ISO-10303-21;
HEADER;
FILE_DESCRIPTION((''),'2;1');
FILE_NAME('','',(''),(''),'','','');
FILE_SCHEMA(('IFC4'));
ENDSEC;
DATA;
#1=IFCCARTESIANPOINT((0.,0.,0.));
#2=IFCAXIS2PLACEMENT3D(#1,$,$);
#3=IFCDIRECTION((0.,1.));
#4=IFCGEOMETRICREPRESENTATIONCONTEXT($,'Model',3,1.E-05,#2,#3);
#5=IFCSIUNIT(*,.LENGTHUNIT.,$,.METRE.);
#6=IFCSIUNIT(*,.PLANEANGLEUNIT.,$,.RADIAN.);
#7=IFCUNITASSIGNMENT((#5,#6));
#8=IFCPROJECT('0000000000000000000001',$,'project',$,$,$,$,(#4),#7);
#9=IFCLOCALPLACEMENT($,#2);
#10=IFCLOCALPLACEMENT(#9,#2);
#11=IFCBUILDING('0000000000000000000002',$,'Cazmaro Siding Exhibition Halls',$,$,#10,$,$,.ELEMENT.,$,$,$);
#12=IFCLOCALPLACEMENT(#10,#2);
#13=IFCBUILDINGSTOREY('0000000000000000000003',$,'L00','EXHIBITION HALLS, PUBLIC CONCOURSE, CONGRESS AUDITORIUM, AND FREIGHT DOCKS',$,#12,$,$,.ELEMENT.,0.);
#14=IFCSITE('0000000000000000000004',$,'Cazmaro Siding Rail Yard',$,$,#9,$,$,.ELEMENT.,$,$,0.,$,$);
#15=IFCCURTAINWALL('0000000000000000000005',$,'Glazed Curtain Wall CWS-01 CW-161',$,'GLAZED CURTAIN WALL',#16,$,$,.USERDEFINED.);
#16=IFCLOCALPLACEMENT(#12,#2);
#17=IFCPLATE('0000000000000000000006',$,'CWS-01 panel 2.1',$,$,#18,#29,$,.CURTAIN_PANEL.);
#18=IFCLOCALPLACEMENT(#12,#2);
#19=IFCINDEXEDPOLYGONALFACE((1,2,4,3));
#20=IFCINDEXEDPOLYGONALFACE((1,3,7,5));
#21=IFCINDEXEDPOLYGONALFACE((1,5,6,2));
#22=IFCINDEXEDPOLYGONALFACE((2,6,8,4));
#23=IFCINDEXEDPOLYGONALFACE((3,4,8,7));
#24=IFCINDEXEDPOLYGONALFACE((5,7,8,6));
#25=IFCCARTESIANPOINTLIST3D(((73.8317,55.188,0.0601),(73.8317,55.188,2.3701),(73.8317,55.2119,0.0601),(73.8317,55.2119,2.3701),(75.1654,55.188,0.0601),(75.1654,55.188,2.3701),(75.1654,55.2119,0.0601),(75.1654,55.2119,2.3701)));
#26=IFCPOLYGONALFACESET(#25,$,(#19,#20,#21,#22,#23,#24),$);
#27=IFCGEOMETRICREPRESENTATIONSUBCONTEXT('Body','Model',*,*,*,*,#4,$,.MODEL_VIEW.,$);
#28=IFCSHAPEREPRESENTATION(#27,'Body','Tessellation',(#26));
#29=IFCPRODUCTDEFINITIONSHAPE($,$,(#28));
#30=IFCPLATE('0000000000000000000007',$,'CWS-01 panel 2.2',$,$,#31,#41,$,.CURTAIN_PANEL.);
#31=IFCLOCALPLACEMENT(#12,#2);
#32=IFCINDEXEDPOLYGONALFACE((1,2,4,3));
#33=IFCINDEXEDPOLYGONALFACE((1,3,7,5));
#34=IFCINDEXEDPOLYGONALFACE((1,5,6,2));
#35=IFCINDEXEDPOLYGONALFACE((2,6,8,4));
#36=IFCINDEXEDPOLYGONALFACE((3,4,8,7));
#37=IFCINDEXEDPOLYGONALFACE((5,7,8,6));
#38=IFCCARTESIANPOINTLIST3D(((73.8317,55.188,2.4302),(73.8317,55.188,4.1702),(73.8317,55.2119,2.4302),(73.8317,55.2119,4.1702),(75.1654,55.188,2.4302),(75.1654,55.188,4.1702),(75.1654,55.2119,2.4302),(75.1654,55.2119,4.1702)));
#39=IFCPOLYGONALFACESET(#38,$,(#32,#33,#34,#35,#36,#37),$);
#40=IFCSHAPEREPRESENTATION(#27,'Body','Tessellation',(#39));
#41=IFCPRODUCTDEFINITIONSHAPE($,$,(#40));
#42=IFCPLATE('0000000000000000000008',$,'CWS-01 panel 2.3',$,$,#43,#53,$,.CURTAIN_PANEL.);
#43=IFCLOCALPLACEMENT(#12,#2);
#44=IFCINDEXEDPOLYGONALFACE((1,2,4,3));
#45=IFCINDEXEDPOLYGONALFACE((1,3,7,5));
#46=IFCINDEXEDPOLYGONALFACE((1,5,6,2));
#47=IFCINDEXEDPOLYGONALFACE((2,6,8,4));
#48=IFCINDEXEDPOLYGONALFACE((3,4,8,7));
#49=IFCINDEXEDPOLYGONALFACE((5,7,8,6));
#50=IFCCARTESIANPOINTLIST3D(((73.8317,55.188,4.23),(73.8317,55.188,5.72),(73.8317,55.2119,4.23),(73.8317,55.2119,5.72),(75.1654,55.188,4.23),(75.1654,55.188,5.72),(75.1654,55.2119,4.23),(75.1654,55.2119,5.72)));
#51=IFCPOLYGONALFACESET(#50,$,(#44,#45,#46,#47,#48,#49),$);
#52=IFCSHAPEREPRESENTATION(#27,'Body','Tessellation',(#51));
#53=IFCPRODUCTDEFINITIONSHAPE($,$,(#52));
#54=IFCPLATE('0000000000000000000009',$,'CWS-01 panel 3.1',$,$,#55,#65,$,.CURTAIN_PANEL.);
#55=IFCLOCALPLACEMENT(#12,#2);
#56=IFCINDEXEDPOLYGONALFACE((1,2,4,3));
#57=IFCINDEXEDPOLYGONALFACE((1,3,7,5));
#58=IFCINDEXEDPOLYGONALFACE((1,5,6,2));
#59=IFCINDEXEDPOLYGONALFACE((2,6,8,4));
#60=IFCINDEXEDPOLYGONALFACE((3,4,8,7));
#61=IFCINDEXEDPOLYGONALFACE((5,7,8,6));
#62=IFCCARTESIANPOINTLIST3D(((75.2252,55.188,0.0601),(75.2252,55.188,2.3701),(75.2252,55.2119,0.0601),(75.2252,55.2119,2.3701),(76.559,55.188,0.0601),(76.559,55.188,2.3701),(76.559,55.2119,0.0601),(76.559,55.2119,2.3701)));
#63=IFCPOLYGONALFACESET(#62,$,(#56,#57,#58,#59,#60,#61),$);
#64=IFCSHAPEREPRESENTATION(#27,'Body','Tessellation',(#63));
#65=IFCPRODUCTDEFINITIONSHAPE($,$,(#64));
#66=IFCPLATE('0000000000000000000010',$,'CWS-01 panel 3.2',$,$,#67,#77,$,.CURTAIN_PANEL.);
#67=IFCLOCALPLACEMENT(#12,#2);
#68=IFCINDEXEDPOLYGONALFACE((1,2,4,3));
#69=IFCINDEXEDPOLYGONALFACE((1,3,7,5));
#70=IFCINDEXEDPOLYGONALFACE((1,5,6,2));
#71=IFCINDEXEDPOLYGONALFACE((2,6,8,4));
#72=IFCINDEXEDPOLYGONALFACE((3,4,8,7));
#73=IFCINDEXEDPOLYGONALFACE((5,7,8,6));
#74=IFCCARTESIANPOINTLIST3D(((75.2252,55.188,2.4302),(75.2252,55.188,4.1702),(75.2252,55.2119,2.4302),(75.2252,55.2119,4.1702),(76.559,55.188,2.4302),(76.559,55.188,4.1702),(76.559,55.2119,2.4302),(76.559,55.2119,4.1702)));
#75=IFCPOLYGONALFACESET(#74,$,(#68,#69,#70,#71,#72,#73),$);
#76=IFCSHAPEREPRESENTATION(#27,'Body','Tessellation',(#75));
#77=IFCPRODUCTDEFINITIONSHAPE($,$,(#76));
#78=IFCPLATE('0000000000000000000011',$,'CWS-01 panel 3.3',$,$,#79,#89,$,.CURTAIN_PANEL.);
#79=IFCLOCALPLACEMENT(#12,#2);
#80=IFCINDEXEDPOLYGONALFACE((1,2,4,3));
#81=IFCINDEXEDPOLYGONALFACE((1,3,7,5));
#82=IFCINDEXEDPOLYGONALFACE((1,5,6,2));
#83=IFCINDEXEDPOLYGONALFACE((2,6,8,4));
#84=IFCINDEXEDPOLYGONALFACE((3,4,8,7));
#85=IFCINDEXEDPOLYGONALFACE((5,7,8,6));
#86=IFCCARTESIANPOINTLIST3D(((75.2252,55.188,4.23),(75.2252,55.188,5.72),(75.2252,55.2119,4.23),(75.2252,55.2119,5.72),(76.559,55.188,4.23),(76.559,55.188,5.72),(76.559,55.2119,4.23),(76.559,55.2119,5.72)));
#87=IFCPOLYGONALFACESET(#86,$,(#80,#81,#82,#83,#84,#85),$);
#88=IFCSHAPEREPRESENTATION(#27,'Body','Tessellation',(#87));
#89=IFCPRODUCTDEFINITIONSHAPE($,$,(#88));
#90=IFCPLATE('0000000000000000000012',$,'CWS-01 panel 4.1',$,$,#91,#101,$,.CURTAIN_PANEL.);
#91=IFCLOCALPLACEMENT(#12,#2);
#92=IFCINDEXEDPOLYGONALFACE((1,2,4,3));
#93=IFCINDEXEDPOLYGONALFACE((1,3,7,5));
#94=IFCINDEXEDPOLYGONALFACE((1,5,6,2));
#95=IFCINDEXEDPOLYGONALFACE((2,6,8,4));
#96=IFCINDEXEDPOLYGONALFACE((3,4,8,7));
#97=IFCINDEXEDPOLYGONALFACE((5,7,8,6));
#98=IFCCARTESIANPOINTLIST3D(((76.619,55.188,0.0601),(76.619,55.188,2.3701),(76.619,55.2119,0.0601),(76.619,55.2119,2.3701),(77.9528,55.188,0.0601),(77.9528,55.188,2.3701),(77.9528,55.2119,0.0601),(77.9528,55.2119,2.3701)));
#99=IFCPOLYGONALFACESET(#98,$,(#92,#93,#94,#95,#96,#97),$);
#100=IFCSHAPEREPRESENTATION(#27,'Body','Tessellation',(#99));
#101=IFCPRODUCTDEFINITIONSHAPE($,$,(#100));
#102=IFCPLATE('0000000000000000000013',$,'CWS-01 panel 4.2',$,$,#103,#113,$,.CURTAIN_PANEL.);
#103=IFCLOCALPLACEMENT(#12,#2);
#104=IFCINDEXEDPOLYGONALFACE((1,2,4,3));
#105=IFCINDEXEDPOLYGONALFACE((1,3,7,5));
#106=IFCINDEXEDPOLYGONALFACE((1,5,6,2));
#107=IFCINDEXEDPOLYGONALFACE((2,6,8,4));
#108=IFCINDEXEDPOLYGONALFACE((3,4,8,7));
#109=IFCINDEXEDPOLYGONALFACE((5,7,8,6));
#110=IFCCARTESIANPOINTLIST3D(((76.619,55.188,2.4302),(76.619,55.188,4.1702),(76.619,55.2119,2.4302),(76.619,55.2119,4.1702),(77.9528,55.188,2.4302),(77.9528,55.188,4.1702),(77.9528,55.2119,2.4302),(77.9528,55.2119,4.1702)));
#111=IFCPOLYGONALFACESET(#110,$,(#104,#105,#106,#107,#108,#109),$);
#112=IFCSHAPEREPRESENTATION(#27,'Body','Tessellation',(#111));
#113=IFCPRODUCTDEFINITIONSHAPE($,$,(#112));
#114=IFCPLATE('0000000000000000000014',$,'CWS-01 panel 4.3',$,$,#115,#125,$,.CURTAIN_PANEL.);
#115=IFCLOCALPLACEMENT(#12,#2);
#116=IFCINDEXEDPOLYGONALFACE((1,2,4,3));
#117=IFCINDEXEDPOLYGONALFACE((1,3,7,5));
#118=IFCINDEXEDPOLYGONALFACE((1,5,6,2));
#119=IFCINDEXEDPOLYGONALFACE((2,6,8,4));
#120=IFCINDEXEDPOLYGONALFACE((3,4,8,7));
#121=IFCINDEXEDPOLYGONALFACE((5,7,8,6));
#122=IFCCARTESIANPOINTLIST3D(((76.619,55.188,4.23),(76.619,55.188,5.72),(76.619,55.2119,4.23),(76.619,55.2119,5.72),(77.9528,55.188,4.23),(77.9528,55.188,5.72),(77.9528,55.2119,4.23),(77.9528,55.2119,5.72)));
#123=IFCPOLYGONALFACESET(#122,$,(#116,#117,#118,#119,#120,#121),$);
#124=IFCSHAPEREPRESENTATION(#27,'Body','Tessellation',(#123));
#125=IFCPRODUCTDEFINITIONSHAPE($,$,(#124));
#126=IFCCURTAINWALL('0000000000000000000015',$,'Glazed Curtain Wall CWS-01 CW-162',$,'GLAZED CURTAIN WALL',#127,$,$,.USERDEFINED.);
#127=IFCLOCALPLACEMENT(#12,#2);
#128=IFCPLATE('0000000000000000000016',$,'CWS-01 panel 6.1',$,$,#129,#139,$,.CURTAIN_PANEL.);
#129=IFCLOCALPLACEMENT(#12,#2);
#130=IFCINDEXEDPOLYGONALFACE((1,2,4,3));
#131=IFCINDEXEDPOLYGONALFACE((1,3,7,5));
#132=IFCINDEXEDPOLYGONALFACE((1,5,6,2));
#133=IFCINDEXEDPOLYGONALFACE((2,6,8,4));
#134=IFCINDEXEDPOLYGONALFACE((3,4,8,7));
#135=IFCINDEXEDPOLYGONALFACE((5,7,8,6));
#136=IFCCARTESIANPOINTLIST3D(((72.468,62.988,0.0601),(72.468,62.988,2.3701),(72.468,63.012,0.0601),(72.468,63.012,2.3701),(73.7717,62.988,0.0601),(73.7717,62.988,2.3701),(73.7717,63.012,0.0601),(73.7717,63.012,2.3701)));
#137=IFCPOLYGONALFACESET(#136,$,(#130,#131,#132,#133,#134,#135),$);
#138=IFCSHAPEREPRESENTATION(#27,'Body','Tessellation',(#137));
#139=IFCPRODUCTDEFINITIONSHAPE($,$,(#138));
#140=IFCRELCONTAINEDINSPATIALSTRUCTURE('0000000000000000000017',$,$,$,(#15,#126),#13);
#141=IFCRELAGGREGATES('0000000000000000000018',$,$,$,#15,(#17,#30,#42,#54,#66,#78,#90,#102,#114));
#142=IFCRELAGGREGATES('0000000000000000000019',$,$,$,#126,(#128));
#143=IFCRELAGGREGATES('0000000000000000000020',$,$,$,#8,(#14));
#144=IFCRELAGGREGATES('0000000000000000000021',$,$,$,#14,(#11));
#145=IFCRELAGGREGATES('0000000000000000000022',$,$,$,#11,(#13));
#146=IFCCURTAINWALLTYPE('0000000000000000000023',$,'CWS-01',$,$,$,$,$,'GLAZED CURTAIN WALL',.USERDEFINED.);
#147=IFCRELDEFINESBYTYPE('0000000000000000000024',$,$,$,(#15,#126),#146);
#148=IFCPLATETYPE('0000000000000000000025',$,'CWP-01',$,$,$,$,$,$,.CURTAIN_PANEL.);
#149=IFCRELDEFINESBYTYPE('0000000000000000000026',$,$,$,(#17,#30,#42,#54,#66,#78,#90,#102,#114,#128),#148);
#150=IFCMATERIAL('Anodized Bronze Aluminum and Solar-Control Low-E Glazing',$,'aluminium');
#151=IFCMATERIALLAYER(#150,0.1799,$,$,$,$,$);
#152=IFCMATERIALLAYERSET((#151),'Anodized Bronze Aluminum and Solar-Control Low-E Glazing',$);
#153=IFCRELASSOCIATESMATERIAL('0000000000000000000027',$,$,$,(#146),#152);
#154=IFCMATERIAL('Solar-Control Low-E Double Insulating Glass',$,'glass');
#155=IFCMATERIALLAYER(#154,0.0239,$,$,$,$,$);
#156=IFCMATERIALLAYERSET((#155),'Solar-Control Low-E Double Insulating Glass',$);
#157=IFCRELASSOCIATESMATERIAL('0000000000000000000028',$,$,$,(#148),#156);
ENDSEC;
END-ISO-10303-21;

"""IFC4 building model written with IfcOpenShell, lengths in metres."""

from ifc_helpers import new_model, si_unit, direction, frame, origin, origin_2d, place, context, subcontext, project, spatial, rectangle, extrude, material, layer, layer_set, type_object, element, aggregate, save


model = new_model("IFC4")

# Units and contexts
model_context = context("Model", 3, precision=1e-05, world=origin(), true_north=direction((0.0, 1.0)))
body_context = subcontext(model_context, "Body", "Model", "MODEL_VIEW")
ifc_project = project(units=[si_unit("LENGTHUNIT", "METRE"), si_unit("PLANEANGLEUNIT", "RADIAN")], contexts=[model_context])

# Site, building, storey
site_placement = place(None, origin())
site = spatial("IfcSite", under=ifc_project, at=site_placement, Name="Cazmaro Siding Rail Yard", CompositionType="ELEMENT", RefElevation=0.0)
building_placement = place(site_placement, origin())
building = spatial("IfcBuilding", under=site, at=building_placement, Name="Cazmaro Siding Exhibition Halls", CompositionType="ELEMENT")
storey_placement = place(building_placement, origin())
storey = spatial("IfcBuildingStorey", under=building, at=storey_placement, Name="L00", Description="EXHIBITION HALLS, PUBLIC CONCOURSE, CONGRESS AUDITORIUM, AND FREIGHT DOCKS", CompositionType="ELEMENT", Elevation=0.0)

# Curtain wall, plates
ifc_material_1 = material(Name="Anodized Bronze Aluminum and Solar-Control Low-E Glazing", Category="aluminium")
ifc_layer_1 = layer(ifc_material_1, 0.1799)
ifc_layer_set_1 = layer_set([ifc_layer_1], Name="Anodized Bronze Aluminum and Solar-Control Low-E Glazing")
curtain_wall_type = type_object("IfcCurtainWallType", Name="CWS-01", ElementType="GLAZED CURTAIN WALL", PredefinedType="USERDEFINED", material=ifc_layer_set_1)
curtain_wall_1_placement = place(storey_placement, origin())
curtain_wall_1 = element("IfcCurtainWall", 1, at=curtain_wall_1_placement, inside=storey, type_object=curtain_wall_type, Name="Glazed Curtain Wall CWS-01 CW-161", ObjectType="GLAZED CURTAIN WALL", PredefinedType="USERDEFINED")
ifc_material_2 = material(Name="Solar-Control Low-E Double Insulating Glass", Category="glass")
ifc_layer_2 = layer(ifc_material_2, 0.0239)
ifc_layer_set_2 = layer_set([ifc_layer_2], Name="Solar-Control Low-E Double Insulating Glass")
plate_type = type_object("IfcPlateType", Name="CWP-01", PredefinedType="CURTAIN_PANEL", material=ifc_layer_set_2)
plate_1_placement = place(storey_placement, frame((74.4985, 55.2, 0.0601), z_axis=(0.0, 0.0, 1.0), x_axis=(1.0, 0.0, 0.0)))
plate_1 = element("IfcPlate", 2, at=plate_1_placement, type_object=plate_type, Name="CWS-01 panel 2.1", PredefinedType="CURTAIN_PANEL", context=body_context, shape_type="SweptSolid", body=[
    extrude(rectangle(XDim=1.3337, YDim=0.0239, at=origin_2d()), origin(), (0.0, 0.0, 1.0), 2.3101),
])
plate_2_placement = place(storey_placement, frame((74.4985, 55.2, 2.4302), z_axis=(0.0, 0.0, 1.0), x_axis=(1.0, 0.0, 0.0)))
plate_2 = element("IfcPlate", 3, at=plate_2_placement, type_object=plate_type, Name="CWS-01 panel 2.2", PredefinedType="CURTAIN_PANEL", context=body_context, shape_type="SweptSolid", body=[
    extrude(rectangle(XDim=1.3337, YDim=0.0239, at=origin_2d()), origin(), (0.0, 0.0, 1.0), 1.74),
])
plate_3_placement = place(storey_placement, frame((74.4985, 55.2, 4.23), z_axis=(0.0, 0.0, 1.0), x_axis=(1.0, 0.0, 0.0)))
plate_3 = element("IfcPlate", 4, at=plate_3_placement, type_object=plate_type, Name="CWS-01 panel 2.3", PredefinedType="CURTAIN_PANEL", context=body_context, shape_type="SweptSolid", body=[
    extrude(rectangle(XDim=1.3337, YDim=0.0239, at=origin_2d()), origin(), (0.0, 0.0, 1.0), 1.49),
])
plate_4_placement = place(storey_placement, frame((75.8921, 55.2, 0.0601), z_axis=(0.0, 0.0, 1.0), x_axis=(1.0, 0.0, 0.0)))
plate_4 = element("IfcPlate", 5, at=plate_4_placement, type_object=plate_type, Name="CWS-01 panel 3.1", PredefinedType="CURTAIN_PANEL", context=body_context, shape_type="SweptSolid", body=[
    extrude(rectangle(XDim=1.3337, YDim=0.0239, at=origin_2d()), origin(), (0.0, 0.0, 1.0), 2.3101),
])
plate_5_placement = place(storey_placement, frame((75.8921, 55.2, 2.4302), z_axis=(0.0, 0.0, 1.0), x_axis=(1.0, 0.0, 0.0)))
plate_5 = element("IfcPlate", 6, at=plate_5_placement, type_object=plate_type, Name="CWS-01 panel 3.2", PredefinedType="CURTAIN_PANEL", context=body_context, shape_type="SweptSolid", body=[
    extrude(rectangle(XDim=1.3337, YDim=0.0239, at=origin_2d()), origin(), (0.0, 0.0, 1.0), 1.74),
])
plate_6_placement = place(storey_placement, frame((75.8921, 55.2, 4.23), z_axis=(0.0, 0.0, 1.0), x_axis=(1.0, 0.0, 0.0)))
plate_6 = element("IfcPlate", 7, at=plate_6_placement, type_object=plate_type, Name="CWS-01 panel 3.3", PredefinedType="CURTAIN_PANEL", context=body_context, shape_type="SweptSolid", body=[
    extrude(rectangle(XDim=1.3337, YDim=0.0239, at=origin_2d()), origin(), (0.0, 0.0, 1.0), 1.49),
])
plate_7_placement = place(storey_placement, frame((77.2859, 55.2, 0.0601), z_axis=(0.0, 0.0, 1.0), x_axis=(1.0, 0.0, 0.0)))
plate_7 = element("IfcPlate", 8, at=plate_7_placement, type_object=plate_type, Name="CWS-01 panel 4.1", PredefinedType="CURTAIN_PANEL", context=body_context, shape_type="SweptSolid", body=[
    extrude(rectangle(XDim=1.3337, YDim=0.0239, at=origin_2d()), origin(), (0.0, 0.0, 1.0), 2.3101),
])
plate_8_placement = place(storey_placement, frame((77.2859, 55.2, 2.4302), z_axis=(0.0, 0.0, 1.0), x_axis=(1.0, 0.0, 0.0)))
plate_8 = element("IfcPlate", 9, at=plate_8_placement, type_object=plate_type, Name="CWS-01 panel 4.2", PredefinedType="CURTAIN_PANEL", context=body_context, shape_type="SweptSolid", body=[
    extrude(rectangle(XDim=1.3337, YDim=0.0239, at=origin_2d()), origin(), (0.0, 0.0, 1.0), 1.74),
])
plate_9_placement = place(storey_placement, frame((77.2859, 55.2, 4.23), z_axis=(0.0, 0.0, 1.0), x_axis=(1.0, 0.0, 0.0)))
plate_9 = element("IfcPlate", 10, at=plate_9_placement, type_object=plate_type, Name="CWS-01 panel 4.3", PredefinedType="CURTAIN_PANEL", context=body_context, shape_type="SweptSolid", body=[
    extrude(rectangle(XDim=1.3337, YDim=0.0239, at=origin_2d()), origin(), (0.0, 0.0, 1.0), 1.49),
])
aggregate(curtain_wall_1, [plate_1, plate_2, plate_3, plate_4, plate_5, plate_6, plate_7, plate_8, plate_9])

# Curtain wall, plate
curtain_wall_2_placement = place(storey_placement, origin())
curtain_wall_2 = element("IfcCurtainWall", 11, at=curtain_wall_2_placement, inside=storey, type_object=curtain_wall_type, Name="Glazed Curtain Wall CWS-01 CW-162", ObjectType="GLAZED CURTAIN WALL", PredefinedType="USERDEFINED")
plate_10_placement = place(storey_placement, frame((73.1199, 63.0, 0.0601), z_axis=(0.0, 0.0, 1.0), x_axis=(-1.0, 0.0, 0.0)))
plate_10 = element("IfcPlate", 12, at=plate_10_placement, type_object=plate_type, Name="CWS-01 panel 6.1", PredefinedType="CURTAIN_PANEL", context=body_context, shape_type="SweptSolid", body=[
    extrude(rectangle(XDim=1.3037, YDim=0.0239, at=origin_2d()), origin(), (0.0, 0.0, 1.0), 2.3101),
])
aggregate(curtain_wall_2, [plate_10])

save(model, "model.ifc")
